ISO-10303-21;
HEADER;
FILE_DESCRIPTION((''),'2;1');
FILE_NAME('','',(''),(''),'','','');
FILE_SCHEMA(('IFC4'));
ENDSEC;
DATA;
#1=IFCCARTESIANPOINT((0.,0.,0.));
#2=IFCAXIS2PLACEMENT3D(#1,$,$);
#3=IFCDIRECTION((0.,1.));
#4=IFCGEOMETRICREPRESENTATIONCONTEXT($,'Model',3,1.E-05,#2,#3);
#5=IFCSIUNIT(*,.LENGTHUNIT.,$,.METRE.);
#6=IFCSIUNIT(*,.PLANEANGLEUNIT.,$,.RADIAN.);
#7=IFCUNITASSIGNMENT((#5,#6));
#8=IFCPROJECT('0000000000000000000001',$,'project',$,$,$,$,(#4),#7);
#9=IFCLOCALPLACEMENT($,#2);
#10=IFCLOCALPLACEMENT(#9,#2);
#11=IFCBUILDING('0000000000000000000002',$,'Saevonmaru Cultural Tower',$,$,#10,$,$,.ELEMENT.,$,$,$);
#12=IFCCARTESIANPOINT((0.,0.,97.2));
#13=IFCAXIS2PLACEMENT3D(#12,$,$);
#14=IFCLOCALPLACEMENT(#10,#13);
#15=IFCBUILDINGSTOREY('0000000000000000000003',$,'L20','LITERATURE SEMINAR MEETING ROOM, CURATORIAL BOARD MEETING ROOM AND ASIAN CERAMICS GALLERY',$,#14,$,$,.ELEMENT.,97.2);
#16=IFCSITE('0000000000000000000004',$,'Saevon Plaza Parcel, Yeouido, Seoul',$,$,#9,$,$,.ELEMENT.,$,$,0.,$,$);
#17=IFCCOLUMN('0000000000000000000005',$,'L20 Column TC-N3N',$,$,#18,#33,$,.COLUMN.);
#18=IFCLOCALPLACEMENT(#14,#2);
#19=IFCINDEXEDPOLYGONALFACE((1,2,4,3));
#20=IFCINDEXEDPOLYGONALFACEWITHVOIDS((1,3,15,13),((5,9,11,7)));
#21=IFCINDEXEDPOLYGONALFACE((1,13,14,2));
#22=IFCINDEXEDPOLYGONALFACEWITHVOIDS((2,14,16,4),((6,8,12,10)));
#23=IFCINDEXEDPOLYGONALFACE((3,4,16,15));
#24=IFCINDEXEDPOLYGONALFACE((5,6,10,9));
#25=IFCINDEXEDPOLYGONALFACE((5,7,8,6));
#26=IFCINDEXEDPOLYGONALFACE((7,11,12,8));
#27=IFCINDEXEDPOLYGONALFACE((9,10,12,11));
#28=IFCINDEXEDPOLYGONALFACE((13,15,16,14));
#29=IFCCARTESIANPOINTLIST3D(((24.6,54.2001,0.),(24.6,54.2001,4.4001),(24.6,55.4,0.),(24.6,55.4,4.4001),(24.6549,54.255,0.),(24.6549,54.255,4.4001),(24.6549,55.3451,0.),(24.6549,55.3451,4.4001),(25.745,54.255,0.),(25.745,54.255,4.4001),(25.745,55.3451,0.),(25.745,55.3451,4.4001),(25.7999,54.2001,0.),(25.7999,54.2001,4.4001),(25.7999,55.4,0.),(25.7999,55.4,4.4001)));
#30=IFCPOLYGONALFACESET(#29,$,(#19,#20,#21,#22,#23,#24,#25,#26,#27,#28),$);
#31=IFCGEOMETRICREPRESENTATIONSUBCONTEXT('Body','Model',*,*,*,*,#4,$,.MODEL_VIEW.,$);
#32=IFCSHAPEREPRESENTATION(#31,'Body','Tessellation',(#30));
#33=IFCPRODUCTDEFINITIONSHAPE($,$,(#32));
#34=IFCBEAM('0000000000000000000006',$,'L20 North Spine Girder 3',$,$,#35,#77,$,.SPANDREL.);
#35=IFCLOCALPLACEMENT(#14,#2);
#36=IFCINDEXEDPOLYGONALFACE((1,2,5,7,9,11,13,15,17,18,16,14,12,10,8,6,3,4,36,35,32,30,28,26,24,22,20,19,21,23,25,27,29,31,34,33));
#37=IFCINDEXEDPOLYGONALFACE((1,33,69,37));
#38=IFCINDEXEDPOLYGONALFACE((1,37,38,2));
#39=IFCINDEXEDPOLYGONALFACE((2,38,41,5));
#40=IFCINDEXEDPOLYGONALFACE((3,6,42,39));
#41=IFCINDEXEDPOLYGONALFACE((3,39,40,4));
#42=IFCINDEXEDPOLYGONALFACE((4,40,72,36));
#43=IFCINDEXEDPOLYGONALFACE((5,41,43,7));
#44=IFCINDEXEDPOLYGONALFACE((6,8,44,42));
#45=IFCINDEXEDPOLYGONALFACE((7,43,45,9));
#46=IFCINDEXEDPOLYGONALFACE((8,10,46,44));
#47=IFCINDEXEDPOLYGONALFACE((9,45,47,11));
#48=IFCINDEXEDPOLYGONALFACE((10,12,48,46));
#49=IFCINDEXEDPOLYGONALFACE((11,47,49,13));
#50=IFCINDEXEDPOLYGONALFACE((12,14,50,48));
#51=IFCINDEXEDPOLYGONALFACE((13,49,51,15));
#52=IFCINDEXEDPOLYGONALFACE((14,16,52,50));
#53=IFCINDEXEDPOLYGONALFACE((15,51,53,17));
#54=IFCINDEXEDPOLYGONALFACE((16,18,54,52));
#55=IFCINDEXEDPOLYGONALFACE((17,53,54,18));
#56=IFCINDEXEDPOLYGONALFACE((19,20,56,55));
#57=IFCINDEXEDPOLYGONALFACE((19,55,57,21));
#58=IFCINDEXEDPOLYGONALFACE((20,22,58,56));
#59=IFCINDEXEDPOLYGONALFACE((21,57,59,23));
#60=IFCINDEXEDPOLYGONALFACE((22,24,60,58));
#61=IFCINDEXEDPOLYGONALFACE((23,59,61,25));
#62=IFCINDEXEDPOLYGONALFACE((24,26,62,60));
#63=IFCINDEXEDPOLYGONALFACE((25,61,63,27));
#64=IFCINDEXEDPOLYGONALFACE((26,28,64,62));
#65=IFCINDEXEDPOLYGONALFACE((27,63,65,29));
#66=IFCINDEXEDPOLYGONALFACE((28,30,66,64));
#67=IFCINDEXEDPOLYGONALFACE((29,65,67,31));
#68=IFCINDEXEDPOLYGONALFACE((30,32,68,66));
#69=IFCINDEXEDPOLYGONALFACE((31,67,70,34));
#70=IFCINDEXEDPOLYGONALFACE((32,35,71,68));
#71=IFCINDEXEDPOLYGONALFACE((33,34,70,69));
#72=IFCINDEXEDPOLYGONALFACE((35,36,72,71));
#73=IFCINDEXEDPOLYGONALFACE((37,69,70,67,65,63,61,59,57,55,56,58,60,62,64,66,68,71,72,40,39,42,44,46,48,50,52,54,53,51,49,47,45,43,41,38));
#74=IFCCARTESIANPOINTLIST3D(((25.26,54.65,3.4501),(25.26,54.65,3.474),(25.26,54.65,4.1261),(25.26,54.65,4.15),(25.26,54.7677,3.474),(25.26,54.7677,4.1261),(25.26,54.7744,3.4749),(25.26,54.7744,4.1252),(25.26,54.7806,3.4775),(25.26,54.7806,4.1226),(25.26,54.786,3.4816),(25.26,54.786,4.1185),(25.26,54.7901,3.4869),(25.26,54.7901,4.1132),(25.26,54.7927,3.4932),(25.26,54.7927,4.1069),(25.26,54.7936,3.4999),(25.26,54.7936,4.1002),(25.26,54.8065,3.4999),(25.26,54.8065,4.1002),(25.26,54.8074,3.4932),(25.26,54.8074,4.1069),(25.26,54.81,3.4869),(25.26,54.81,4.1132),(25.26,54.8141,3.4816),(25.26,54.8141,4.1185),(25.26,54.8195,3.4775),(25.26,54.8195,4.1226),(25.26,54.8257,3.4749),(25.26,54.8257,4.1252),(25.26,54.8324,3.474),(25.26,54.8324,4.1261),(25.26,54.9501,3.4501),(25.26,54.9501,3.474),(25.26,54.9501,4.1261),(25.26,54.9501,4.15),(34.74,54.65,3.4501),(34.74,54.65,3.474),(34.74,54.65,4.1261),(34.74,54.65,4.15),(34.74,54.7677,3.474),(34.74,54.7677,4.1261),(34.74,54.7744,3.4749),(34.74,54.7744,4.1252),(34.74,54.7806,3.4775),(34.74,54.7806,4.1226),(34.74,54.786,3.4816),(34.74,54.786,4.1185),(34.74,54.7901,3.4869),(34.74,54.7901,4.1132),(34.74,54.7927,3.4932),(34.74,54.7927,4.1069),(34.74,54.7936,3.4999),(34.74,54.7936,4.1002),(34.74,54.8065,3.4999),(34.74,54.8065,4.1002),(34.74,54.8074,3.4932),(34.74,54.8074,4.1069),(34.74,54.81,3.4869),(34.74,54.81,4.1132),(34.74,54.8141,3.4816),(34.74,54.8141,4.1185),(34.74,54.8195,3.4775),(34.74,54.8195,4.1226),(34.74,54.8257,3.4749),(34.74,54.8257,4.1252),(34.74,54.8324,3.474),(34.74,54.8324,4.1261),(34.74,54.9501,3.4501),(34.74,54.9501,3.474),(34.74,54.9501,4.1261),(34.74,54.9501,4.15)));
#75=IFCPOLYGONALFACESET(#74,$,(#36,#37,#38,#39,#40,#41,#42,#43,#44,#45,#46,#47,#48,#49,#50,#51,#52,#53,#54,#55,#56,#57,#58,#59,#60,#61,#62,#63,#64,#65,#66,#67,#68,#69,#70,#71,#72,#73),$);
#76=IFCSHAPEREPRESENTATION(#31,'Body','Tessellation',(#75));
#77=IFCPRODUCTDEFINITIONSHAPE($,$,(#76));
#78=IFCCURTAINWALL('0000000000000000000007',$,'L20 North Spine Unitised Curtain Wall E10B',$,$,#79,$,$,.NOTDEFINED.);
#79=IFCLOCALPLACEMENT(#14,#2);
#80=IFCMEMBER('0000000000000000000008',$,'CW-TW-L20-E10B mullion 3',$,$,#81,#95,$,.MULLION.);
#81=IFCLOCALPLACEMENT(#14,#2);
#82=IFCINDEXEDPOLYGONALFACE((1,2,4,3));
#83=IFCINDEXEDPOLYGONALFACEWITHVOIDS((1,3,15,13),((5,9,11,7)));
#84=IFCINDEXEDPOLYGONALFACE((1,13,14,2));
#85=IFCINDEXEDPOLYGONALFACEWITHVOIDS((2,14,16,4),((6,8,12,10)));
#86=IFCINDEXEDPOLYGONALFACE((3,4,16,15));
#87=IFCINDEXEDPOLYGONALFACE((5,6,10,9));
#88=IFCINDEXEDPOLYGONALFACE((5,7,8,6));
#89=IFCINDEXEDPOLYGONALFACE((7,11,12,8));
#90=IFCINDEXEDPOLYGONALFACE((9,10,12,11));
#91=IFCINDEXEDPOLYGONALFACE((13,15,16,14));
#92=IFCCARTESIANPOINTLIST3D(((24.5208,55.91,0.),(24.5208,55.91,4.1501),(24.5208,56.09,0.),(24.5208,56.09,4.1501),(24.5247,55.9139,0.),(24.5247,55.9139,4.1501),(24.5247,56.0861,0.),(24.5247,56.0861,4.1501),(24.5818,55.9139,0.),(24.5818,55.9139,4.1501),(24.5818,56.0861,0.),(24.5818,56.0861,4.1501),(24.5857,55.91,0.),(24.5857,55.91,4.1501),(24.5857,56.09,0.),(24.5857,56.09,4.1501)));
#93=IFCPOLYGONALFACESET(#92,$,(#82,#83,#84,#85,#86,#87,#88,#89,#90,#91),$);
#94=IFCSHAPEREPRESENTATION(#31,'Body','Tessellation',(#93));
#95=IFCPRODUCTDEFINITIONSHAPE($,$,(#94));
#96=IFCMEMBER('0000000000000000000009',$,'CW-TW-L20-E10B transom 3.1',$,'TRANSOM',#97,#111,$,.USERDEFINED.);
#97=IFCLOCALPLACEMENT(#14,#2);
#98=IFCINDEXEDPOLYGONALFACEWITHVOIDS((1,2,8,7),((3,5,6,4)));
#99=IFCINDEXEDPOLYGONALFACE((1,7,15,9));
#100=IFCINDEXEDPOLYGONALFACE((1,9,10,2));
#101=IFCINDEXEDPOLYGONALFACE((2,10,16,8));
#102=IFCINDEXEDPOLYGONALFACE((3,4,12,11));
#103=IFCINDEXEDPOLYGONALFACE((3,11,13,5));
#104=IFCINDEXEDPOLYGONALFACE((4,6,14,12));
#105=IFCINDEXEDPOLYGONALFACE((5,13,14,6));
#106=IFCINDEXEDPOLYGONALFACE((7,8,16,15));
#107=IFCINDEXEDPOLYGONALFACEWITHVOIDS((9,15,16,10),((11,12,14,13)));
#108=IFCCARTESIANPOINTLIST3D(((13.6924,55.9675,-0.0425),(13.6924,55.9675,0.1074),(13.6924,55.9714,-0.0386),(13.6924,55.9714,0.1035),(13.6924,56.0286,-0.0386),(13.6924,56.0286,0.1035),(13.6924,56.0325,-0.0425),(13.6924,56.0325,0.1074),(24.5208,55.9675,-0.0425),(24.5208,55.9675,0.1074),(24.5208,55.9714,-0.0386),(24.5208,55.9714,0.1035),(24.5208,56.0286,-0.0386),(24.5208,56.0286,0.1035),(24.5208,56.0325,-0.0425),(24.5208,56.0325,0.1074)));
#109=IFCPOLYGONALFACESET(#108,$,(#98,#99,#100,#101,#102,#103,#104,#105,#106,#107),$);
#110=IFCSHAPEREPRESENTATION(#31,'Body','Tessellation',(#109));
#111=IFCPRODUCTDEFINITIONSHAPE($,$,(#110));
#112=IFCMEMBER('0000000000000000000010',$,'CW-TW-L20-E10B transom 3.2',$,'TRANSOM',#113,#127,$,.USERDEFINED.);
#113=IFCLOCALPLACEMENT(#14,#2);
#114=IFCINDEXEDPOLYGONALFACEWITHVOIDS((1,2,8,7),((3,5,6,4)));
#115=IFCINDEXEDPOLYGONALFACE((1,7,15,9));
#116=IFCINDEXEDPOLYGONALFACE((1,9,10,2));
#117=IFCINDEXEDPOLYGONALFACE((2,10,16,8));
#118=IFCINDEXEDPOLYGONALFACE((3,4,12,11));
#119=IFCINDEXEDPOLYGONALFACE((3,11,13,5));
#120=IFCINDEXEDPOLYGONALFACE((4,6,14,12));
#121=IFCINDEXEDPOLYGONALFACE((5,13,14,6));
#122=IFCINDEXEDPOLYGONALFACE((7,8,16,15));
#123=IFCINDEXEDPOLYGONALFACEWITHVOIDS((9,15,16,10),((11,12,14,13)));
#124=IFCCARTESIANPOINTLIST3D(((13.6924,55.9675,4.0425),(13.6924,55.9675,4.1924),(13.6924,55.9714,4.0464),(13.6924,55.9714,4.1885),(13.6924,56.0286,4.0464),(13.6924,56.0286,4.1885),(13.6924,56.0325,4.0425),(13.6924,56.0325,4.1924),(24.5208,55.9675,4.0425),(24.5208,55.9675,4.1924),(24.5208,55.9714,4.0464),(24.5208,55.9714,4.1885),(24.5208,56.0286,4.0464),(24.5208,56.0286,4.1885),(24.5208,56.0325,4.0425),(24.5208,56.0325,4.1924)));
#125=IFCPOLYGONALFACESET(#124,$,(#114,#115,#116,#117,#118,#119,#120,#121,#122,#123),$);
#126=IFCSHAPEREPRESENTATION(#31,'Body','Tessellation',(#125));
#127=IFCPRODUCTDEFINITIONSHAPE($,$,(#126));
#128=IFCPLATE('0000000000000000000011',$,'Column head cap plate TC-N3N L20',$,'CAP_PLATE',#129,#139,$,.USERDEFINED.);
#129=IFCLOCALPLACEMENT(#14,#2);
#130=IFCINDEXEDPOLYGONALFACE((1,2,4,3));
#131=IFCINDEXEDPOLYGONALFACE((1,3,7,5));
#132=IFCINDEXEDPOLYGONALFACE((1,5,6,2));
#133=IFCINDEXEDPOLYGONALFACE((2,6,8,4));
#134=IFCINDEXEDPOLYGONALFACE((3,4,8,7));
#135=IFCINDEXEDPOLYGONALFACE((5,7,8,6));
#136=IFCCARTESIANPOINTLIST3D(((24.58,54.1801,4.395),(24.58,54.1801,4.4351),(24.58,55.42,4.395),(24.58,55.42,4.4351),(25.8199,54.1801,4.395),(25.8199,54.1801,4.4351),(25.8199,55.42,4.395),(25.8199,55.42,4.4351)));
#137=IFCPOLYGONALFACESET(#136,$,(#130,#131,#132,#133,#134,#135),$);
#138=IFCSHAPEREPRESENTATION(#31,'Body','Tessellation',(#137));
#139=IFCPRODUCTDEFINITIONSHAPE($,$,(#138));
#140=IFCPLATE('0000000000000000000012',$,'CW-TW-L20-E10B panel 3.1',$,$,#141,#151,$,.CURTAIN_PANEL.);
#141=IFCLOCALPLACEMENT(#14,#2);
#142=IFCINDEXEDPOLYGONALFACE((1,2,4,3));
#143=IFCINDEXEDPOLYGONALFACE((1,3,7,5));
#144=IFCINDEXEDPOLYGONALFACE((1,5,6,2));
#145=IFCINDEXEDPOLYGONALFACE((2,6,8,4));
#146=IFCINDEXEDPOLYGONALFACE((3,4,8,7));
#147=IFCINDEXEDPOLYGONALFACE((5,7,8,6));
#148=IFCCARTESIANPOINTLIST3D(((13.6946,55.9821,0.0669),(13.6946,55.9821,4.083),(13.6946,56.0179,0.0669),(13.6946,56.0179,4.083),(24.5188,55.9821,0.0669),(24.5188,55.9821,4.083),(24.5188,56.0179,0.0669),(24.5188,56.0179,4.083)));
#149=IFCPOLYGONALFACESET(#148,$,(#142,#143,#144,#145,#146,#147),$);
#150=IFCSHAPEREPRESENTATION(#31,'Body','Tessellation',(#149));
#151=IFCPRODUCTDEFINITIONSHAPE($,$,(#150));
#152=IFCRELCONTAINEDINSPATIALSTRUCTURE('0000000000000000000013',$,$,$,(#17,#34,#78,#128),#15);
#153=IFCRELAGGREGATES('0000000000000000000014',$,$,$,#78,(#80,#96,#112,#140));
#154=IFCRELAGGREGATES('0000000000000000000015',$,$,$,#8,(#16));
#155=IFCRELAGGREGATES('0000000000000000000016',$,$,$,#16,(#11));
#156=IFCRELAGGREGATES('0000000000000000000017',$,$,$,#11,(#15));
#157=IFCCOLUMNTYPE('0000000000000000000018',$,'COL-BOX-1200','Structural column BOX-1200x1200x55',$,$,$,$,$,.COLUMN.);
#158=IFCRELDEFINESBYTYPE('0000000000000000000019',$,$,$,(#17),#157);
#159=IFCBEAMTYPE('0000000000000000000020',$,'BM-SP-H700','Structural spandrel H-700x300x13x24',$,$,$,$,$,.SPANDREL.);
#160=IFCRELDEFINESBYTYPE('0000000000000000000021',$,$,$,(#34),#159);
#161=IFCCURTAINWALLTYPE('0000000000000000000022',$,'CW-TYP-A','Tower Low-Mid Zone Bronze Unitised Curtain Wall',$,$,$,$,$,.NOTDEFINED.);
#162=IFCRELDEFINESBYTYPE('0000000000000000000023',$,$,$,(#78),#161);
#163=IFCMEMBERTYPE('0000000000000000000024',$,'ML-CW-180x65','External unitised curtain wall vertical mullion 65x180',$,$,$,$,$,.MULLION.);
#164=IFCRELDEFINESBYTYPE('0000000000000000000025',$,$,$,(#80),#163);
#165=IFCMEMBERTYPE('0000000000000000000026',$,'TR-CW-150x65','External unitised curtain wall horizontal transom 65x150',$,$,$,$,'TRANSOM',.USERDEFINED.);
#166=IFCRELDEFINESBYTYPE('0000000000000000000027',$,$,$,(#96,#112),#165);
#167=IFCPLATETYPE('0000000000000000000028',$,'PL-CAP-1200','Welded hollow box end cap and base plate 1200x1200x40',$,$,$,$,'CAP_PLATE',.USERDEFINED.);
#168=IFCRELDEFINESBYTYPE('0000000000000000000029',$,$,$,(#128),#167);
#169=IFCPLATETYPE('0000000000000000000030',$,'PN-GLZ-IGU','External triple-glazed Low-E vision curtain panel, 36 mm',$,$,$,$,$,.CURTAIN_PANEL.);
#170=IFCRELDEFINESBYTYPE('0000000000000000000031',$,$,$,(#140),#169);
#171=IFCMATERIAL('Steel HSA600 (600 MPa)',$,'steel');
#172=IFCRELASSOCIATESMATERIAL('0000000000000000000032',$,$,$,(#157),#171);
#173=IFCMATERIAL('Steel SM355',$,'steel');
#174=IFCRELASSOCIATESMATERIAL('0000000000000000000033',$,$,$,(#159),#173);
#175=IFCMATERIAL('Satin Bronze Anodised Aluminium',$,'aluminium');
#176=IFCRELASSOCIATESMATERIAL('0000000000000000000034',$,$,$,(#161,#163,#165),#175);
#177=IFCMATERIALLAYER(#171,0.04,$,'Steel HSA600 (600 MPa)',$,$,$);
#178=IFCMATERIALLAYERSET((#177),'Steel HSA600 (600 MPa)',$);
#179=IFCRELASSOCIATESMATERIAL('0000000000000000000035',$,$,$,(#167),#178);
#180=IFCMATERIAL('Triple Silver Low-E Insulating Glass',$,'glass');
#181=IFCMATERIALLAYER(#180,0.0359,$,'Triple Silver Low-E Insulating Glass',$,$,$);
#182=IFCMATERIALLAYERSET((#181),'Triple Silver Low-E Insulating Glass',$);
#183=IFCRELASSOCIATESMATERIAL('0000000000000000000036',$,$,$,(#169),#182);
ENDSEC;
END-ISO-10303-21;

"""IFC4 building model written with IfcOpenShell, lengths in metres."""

from ifc_helpers import new_model, si_unit, direction, frame, origin, origin_2d, place, context, subcontext, project, spatial, rectangle, hollow_rectangle, i_section, extrude, material, layer, layer_set, material_profile, profile_set, type_object, element, aggregate, save


model = new_model("IFC4")

# Units and contexts
model_context = context("Model", 3, precision=1e-05, world=origin(), true_north=direction((0.0, 1.0)))
body_context = subcontext(model_context, "Body", "Model", "MODEL_VIEW")
ifc_project = project(units=[si_unit("LENGTHUNIT", "METRE"), si_unit("PLANEANGLEUNIT", "RADIAN")], contexts=[model_context])

# Site, building, storey
site_placement = place(None, origin())
site = spatial("IfcSite", under=ifc_project, at=site_placement, Name="Saevon Plaza Parcel, Yeouido, Seoul", CompositionType="ELEMENT", RefElevation=0.0)
building_placement = place(site_placement, origin())
building = spatial("IfcBuilding", under=site, at=building_placement, Name="Saevonmaru Cultural Tower", CompositionType="ELEMENT")
storey_placement = place(building_placement, frame((0.0, 0.0, 97.2)))
storey = spatial("IfcBuildingStorey", under=building, at=storey_placement, Name="L20", Description="LITERATURE SEMINAR MEETING ROOM, CURATORIAL BOARD MEETING ROOM AND ASIAN CERAMICS GALLERY", CompositionType="ELEMENT", Elevation=97.2)

# Column
ifc_material_1 = material(Name="Steel HSA600 (600 MPa)", Category="steel")
ifc_material_profile_1 = material_profile(ifc_material_1, hollow_rectangle(XDim=1.2, YDim=1.2, WallThickness=0.0549, at=origin_2d()), Name="BOX-1200x1200x55")
ifc_profile_set_1 = profile_set([ifc_material_profile_1], Name="Steel HSA600 (600 MPa)")
column_type = type_object("IfcColumnType", Name="COL-BOX-1200", Description="Structural column BOX-1200x1200x55", PredefinedType="COLUMN", material=ifc_profile_set_1)
column_placement = place(storey_placement, frame((25.2, 54.8, 0.0), z_axis=(0.0, 0.0, 1.0), x_axis=(1.0, 0.0, 0.0)))
element("IfcColumn", 1, at=column_placement, inside=storey, type_object=column_type, Name="L20 Column TC-N3N", PredefinedType="COLUMN", context=body_context, shape_type="SweptSolid", body=[
    extrude(hollow_rectangle(XDim=1.2, YDim=1.2, WallThickness=0.0549, at=origin_2d()), origin(), (0.0, 0.0, 1.0), 4.4001),
])

# Beam
ifc_material_2 = material(Name="Steel SM355", Category="steel")
ifc_material_profile_2 = material_profile(ifc_material_2, i_section(OverallWidth=0.3, OverallDepth=0.7, WebThickness=0.0129, FlangeThickness=0.0239, FilletRadius=0.0259, at=origin_2d()), Name="H-700x300x13x24")
ifc_profile_set_2 = profile_set([ifc_material_profile_2], Name="Steel SM355")
beam_type = type_object("IfcBeamType", Name="BM-SP-H700", Description="Structural spandrel H-700x300x13x24", PredefinedType="SPANDREL", material=ifc_profile_set_2)
beam_placement = place(storey_placement, frame((25.26, 54.8, 3.8), z_axis=(1.0, 0.0, 0.0), x_axis=(0.0, 1.0, 0.0)))
element("IfcBeam", 2, at=beam_placement, inside=storey, type_object=beam_type, Name="L20 North Spine Girder 3", PredefinedType="SPANDREL", context=body_context, shape_type="SweptSolid", body=[
    extrude(i_section(OverallWidth=0.3, OverallDepth=0.7, WebThickness=0.0129, FlangeThickness=0.0239, FilletRadius=0.0259, at=origin_2d()), origin(), (0.0, 0.0, 1.0), 9.48),
])

# Curtain wall, members
ifc_material_3 = material(Name="Satin Bronze Anodised Aluminium", Category="aluminium")
curtain_wall_type = type_object("IfcCurtainWallType", Name="CW-TYP-A", Description="Tower Low-Mid Zone Bronze Unitised Curtain Wall", PredefinedType="NOTDEFINED", material=ifc_material_3)
curtain_wall_placement = place(storey_placement, origin())
curtain_wall = element("IfcCurtainWall", 3, at=curtain_wall_placement, inside=storey, type_object=curtain_wall_type, Name="L20 North Spine Unitised Curtain Wall E10B", PredefinedType="NOTDEFINED")
ifc_material_profile_3 = material_profile(ifc_material_3, hollow_rectangle(XDim=0.0649, YDim=0.1799, WallThickness=0.0039, at=origin_2d()), Name="ALU-MULL-180x65x4")
ifc_profile_set_3 = profile_set([ifc_material_profile_3], Name="Satin Bronze Anodised Aluminium")
member_type_1 = type_object("IfcMemberType", Name="ML-CW-180x65", Description="External unitised curtain wall vertical mullion 65x180", PredefinedType="MULLION", material=ifc_profile_set_3)
member_1_placement = place(storey_placement, frame((24.5532, 56.0, 0.0), z_axis=(0.0, 0.0, 1.0), x_axis=(-1.0, 0.0, 0.0)))
member_1 = element("IfcMember", 4, at=member_1_placement, type_object=member_type_1, Name="CW-TW-L20-E10B mullion 3", PredefinedType="MULLION", context=body_context, shape_type="SweptSolid", body=[
    extrude(hollow_rectangle(XDim=0.0649, YDim=0.1799, WallThickness=0.0039, at=origin_2d()), origin(), (0.0, 0.0, 1.0), 4.1501),
])
ifc_material_profile_4 = material_profile(ifc_material_3, hollow_rectangle(XDim=0.0649, YDim=0.1499, WallThickness=0.0039, at=origin_2d()), Name="ALU-TRAN-150x65x4")
ifc_profile_set_4 = profile_set([ifc_material_profile_4], Name="Satin Bronze Anodised Aluminium")
member_type_2 = type_object("IfcMemberType", Name="TR-CW-150x65", Description="External unitised curtain wall horizontal transom 65x150", ElementType="TRANSOM", PredefinedType="USERDEFINED", material=ifc_profile_set_4)
member_2_placement = place(storey_placement, frame((24.5208, 56.0, 0.0325), z_axis=(-1.0, 0.0, 0.0), x_axis=(0.0, -1.0, 0.0)))
member_2 = element("IfcMember", 5, at=member_2_placement, type_object=member_type_2, Name="CW-TW-L20-E10B transom 3.1", ObjectType="TRANSOM", PredefinedType="USERDEFINED", context=body_context, shape_type="SweptSolid", body=[
    extrude(hollow_rectangle(XDim=0.0649, YDim=0.1499, WallThickness=0.0039, at=origin_2d()), origin(), (0.0, 0.0, 1.0), 10.8284),
])
member_3_placement = place(storey_placement, frame((24.5208, 56.0, 4.1174), z_axis=(-1.0, 0.0, 0.0), x_axis=(0.0, -1.0, 0.0)))
member_3 = element("IfcMember", 6, at=member_3_placement, type_object=member_type_2, Name="CW-TW-L20-E10B transom 3.2", ObjectType="TRANSOM", PredefinedType="USERDEFINED", context=body_context, shape_type="SweptSolid", body=[
    extrude(hollow_rectangle(XDim=0.0649, YDim=0.1499, WallThickness=0.0039, at=origin_2d()), origin(), (0.0, 0.0, 1.0), 10.8284),
])

# Plates
ifc_layer_1 = layer(ifc_material_1, 0.04, Name="Steel HSA600 (600 MPa)")
ifc_layer_set_1 = layer_set([ifc_layer_1], Name="Steel HSA600 (600 MPa)")
plate_type_1 = type_object("IfcPlateType", Name="PL-CAP-1200", Description="Welded hollow box end cap and base plate 1200x1200x40", ElementType="CAP_PLATE", PredefinedType="USERDEFINED", material=ifc_layer_set_1)
plate_1_placement = place(storey_placement, frame((25.2, 54.8, 4.395), z_axis=(0.0, 0.0, 1.0), x_axis=(1.0, 0.0, 0.0)))
element("IfcPlate", 7, at=plate_1_placement, inside=storey, type_object=plate_type_1, Name="Column head cap plate TC-N3N L20", ObjectType="CAP_PLATE", PredefinedType="USERDEFINED", context=body_context, shape_type="SweptSolid", body=[
    extrude(rectangle(XDim=1.24, YDim=1.24, at=origin_2d()), origin(), (0.0, 0.0, 1.0), 0.04),
])
ifc_material_4 = material(Name="Triple Silver Low-E Insulating Glass", Category="glass")
ifc_layer_2 = layer(ifc_material_4, 0.0359, Name="Triple Silver Low-E Insulating Glass")
ifc_layer_set_2 = layer_set([ifc_layer_2], Name="Triple Silver Low-E Insulating Glass")
plate_type_2 = type_object("IfcPlateType", Name="PN-GLZ-IGU", Description="External triple-glazed Low-E vision curtain panel, 36 mm", PredefinedType="CURTAIN_PANEL", material=ifc_layer_set_2)
plate_2_placement = place(storey_placement, frame((19.1067, 56.0, 0.0669), z_axis=(0.0, 0.0, 1.0), x_axis=(-1.0, 0.0, 0.0)))
plate_2 = element("IfcPlate", 8, at=plate_2_placement, type_object=plate_type_2, Name="CW-TW-L20-E10B panel 3.1", PredefinedType="CURTAIN_PANEL", context=body_context, shape_type="SweptSolid", body=[
    extrude(rectangle(XDim=10.8242, YDim=0.0359, at=origin_2d()), origin(), (0.0, 0.0, 1.0), 4.0161),
])
aggregate(curtain_wall, [member_1, member_2, member_3, plate_2])

save(model, "model.ifc")
